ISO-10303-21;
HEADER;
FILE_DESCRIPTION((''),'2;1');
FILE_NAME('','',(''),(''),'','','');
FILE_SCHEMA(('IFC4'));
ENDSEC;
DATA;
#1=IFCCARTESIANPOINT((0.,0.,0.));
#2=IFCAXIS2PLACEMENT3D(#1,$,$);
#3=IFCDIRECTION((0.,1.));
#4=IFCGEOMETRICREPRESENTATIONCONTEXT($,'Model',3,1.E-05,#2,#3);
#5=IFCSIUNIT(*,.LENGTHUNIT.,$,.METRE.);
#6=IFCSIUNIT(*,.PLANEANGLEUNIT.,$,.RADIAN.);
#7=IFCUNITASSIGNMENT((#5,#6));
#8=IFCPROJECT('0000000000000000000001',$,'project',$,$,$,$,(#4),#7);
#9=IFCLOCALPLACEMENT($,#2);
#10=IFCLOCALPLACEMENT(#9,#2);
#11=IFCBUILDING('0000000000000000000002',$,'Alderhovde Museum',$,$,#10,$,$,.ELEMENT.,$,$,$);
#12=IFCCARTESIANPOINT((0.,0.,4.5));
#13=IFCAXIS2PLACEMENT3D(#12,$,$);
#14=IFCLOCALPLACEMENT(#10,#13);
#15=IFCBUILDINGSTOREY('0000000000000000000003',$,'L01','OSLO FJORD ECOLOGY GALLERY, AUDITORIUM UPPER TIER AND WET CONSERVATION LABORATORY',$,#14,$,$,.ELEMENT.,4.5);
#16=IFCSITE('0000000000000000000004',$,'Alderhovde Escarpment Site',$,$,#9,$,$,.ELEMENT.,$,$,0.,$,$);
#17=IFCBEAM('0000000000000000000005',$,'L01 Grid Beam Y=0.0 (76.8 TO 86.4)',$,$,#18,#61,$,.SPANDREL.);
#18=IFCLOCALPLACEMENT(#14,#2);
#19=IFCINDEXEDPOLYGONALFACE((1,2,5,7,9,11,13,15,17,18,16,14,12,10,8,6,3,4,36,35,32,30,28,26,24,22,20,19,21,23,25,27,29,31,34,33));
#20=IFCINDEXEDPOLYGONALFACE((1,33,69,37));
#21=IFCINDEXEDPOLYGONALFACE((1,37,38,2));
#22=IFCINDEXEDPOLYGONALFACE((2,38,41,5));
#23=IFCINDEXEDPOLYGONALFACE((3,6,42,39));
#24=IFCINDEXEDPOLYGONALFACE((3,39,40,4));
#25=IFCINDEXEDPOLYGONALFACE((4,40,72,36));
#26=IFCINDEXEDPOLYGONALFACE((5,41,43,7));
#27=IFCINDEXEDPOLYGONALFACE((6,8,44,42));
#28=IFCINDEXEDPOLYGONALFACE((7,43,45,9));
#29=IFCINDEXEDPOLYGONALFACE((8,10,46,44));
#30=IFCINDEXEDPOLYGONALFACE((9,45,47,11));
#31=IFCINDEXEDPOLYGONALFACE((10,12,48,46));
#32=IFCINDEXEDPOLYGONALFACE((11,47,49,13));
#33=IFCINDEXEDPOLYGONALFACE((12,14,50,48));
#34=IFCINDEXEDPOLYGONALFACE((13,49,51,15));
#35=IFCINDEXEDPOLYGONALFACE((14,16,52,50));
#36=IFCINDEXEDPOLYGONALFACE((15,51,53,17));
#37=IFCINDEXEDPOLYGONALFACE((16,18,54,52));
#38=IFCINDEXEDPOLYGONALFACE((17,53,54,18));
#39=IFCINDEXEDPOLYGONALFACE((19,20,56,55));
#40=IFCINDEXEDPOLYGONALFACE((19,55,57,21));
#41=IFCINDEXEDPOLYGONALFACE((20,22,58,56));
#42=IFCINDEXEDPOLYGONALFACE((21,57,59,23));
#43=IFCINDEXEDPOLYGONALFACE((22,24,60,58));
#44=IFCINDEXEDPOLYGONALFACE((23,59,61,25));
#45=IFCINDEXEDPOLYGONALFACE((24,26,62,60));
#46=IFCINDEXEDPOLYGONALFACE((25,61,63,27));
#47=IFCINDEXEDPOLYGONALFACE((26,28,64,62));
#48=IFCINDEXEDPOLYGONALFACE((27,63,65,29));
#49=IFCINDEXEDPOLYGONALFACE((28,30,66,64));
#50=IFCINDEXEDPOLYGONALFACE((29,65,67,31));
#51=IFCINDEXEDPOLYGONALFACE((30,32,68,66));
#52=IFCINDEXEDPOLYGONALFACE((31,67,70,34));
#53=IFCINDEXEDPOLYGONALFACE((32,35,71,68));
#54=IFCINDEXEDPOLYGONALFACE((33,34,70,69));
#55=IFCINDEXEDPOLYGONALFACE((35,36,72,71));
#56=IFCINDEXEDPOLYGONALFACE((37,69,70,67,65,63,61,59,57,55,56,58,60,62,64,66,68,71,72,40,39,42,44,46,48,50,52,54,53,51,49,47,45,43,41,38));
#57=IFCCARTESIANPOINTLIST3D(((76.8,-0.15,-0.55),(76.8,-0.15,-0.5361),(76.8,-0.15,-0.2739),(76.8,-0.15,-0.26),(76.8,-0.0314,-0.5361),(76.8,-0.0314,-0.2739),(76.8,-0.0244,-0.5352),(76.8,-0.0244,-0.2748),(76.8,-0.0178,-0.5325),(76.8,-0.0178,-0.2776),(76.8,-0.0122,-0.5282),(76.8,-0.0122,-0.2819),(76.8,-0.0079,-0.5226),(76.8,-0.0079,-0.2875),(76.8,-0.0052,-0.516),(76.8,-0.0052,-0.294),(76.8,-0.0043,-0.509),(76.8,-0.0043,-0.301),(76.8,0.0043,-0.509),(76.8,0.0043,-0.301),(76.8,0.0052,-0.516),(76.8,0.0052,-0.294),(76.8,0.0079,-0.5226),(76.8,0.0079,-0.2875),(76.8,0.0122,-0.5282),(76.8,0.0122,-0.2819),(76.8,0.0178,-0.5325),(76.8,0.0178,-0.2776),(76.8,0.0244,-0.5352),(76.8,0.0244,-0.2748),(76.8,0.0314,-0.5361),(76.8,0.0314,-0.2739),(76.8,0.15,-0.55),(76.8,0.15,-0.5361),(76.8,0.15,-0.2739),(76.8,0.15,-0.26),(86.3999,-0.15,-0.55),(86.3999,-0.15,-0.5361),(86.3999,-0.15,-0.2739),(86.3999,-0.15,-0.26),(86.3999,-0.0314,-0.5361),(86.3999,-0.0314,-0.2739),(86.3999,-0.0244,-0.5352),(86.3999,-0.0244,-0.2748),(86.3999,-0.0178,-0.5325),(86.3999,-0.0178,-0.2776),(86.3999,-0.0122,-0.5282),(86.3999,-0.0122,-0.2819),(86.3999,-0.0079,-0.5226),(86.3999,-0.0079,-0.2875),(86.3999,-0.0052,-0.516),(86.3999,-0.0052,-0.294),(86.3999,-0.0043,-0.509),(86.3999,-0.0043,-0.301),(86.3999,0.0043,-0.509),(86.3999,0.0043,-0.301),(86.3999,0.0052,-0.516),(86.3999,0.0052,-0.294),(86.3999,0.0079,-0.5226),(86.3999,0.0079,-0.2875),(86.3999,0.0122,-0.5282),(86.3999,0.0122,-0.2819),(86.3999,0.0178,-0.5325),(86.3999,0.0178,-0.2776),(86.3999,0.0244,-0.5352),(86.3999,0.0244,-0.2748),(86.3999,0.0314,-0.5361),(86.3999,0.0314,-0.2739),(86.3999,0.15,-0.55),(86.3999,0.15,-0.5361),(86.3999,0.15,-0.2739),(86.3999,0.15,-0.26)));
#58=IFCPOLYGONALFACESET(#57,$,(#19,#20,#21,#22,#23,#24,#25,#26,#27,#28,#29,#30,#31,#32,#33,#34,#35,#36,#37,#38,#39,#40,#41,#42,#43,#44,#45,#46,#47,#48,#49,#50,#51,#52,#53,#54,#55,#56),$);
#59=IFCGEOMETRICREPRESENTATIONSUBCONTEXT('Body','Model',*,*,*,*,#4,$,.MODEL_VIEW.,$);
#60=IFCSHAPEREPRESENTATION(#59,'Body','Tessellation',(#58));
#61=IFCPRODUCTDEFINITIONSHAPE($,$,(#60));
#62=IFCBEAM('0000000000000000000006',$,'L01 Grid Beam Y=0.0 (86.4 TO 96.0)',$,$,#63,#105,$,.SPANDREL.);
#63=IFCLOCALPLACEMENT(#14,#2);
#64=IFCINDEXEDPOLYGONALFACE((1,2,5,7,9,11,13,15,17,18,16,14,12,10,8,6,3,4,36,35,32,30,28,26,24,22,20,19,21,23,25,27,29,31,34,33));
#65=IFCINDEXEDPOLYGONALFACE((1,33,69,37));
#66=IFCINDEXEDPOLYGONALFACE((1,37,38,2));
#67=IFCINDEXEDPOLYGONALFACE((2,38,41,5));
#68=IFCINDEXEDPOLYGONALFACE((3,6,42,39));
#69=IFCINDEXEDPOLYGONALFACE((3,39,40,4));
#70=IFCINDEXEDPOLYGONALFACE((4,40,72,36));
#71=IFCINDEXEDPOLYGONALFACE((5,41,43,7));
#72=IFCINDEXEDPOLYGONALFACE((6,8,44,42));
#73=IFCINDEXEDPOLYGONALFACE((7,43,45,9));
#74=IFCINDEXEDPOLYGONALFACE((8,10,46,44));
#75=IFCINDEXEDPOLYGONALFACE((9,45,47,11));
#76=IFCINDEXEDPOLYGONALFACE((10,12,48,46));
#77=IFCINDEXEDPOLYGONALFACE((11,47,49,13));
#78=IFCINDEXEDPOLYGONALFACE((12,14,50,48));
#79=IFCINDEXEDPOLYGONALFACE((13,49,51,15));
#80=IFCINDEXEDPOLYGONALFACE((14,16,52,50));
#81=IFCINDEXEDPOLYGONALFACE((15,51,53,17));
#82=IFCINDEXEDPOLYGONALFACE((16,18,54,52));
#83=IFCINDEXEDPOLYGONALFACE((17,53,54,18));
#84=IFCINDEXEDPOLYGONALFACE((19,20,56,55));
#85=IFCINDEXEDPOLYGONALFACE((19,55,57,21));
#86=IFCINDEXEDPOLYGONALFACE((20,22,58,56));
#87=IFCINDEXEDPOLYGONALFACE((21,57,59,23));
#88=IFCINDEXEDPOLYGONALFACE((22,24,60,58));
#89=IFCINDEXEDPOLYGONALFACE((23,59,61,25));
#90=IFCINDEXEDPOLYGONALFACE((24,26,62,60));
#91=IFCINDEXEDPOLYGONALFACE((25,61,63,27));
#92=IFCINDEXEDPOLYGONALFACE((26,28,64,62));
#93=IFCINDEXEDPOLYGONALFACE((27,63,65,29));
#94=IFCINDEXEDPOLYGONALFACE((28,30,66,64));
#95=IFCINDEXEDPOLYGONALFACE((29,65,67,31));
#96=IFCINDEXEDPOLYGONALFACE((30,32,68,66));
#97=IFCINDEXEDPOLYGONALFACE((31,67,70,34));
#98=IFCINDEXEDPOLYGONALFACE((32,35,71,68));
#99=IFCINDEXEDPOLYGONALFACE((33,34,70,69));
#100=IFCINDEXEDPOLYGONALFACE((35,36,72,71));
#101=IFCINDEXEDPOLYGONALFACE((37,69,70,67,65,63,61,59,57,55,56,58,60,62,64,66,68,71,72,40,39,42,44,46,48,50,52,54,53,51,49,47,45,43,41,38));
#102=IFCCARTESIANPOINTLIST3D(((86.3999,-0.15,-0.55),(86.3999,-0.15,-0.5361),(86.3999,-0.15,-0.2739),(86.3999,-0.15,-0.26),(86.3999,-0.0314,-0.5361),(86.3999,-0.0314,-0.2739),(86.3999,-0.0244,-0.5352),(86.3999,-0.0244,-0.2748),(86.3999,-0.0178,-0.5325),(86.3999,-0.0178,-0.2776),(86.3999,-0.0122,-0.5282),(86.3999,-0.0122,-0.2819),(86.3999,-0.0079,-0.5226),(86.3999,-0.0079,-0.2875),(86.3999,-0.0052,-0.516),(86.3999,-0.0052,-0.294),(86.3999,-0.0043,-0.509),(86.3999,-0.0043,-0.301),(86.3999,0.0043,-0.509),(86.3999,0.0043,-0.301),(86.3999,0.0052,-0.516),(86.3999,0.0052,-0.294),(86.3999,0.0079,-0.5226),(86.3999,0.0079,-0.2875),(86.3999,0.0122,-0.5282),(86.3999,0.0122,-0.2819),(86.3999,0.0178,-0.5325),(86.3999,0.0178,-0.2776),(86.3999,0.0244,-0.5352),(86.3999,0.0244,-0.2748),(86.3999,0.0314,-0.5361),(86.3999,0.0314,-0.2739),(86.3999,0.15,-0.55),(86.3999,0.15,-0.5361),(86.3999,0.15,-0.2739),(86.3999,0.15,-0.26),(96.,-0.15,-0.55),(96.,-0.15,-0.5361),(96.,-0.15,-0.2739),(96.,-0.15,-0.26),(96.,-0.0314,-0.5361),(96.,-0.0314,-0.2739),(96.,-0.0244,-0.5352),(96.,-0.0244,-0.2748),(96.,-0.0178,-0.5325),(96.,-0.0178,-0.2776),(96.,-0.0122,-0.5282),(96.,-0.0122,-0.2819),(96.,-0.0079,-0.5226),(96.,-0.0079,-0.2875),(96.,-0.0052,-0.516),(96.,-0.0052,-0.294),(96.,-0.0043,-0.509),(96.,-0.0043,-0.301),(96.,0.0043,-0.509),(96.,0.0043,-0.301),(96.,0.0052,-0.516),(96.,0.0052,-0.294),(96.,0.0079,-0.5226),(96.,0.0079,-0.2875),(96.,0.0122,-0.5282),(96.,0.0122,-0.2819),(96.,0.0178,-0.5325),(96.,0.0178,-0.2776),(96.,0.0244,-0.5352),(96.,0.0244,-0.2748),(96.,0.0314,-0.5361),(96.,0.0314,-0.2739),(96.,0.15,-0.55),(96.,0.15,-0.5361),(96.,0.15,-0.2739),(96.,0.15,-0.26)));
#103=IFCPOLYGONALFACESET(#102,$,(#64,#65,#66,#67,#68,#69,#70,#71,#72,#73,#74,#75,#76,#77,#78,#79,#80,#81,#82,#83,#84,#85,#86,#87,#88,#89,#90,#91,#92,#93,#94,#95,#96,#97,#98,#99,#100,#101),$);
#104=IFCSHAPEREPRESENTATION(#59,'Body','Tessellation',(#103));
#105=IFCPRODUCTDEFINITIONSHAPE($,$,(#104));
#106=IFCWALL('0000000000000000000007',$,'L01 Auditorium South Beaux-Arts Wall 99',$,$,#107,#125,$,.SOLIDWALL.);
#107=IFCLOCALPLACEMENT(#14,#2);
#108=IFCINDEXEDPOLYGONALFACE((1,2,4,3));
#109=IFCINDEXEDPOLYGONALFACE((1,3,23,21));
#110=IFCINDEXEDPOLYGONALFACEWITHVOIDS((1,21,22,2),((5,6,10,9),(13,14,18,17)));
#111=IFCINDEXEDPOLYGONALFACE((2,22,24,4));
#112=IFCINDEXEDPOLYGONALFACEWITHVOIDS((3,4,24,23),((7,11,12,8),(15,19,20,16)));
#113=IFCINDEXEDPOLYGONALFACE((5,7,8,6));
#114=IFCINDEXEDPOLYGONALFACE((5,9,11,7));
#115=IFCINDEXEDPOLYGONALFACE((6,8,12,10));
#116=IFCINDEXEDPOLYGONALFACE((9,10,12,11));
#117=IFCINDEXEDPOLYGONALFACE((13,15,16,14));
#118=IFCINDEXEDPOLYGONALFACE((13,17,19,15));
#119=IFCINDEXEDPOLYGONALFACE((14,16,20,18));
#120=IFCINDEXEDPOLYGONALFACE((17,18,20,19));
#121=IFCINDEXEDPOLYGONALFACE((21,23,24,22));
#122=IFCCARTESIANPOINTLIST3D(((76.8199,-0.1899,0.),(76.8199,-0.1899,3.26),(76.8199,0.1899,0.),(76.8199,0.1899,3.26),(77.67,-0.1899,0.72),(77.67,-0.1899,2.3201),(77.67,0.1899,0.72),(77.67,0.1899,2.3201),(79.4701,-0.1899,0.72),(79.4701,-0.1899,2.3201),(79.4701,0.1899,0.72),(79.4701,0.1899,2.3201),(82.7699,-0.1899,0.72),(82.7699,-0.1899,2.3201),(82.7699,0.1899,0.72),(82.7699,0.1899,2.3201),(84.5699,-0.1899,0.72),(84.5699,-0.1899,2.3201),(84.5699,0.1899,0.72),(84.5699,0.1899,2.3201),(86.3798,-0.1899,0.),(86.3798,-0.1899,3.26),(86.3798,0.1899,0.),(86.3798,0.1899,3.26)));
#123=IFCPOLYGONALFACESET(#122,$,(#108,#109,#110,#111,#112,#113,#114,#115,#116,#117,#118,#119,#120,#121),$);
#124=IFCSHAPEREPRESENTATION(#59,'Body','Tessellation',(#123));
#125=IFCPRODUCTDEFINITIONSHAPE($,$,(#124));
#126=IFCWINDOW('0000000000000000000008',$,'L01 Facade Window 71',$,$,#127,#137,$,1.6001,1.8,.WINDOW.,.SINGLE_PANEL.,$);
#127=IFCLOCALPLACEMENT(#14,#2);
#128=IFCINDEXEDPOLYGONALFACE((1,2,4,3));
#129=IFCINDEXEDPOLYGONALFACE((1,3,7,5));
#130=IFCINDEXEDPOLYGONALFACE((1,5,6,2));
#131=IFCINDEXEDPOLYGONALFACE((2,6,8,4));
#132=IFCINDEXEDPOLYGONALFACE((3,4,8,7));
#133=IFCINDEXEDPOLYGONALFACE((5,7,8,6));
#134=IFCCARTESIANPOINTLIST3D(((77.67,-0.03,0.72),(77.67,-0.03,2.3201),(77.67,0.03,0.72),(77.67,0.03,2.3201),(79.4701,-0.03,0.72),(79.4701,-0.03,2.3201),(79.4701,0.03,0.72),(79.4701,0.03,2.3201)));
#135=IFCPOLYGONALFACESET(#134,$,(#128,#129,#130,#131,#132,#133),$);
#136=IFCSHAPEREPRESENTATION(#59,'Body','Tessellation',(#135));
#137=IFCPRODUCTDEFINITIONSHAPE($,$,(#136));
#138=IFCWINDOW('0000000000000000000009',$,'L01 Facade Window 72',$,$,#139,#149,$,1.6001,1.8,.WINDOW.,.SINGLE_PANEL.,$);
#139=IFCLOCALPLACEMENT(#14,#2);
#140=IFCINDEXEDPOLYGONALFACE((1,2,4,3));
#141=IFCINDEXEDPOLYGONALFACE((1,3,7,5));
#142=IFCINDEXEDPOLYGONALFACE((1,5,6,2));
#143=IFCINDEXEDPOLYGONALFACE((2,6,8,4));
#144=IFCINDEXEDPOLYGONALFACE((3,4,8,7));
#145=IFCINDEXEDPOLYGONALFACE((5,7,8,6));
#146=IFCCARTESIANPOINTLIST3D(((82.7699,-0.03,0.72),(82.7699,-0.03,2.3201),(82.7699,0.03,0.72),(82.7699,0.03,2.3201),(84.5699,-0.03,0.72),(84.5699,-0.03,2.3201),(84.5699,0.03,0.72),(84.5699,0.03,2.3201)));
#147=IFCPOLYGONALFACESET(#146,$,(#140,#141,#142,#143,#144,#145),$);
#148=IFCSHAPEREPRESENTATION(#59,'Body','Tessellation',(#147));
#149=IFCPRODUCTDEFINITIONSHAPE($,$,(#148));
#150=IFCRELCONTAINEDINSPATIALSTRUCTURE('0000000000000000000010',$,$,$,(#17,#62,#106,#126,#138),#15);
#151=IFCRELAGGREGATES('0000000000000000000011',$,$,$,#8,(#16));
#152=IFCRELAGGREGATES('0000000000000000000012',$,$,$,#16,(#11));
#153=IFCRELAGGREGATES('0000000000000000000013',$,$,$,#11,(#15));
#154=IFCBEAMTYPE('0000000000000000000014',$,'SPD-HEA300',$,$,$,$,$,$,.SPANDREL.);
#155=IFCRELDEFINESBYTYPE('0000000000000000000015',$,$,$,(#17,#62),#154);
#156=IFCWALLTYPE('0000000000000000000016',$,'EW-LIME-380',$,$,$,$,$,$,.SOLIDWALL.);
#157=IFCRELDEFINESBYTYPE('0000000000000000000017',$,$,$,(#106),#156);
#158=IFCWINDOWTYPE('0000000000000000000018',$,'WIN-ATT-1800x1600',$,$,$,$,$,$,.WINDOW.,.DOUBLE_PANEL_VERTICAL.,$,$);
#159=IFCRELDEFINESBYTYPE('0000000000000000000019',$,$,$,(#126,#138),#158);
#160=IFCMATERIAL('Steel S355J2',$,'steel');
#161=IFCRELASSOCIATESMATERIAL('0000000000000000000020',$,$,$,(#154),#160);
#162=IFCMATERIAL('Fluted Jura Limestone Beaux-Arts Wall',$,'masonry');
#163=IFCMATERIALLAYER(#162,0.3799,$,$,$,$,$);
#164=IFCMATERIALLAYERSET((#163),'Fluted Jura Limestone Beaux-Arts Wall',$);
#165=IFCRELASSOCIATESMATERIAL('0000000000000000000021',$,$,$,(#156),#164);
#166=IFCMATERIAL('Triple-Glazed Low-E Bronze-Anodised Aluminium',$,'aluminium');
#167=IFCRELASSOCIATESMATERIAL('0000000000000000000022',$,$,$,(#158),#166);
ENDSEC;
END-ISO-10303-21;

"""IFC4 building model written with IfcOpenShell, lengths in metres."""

from ifc_helpers import new_model, si_unit, direction, frame, frame_2d, origin, origin_2d, place, context, subcontext, project, spatial, rectangle, i_section, extrude, material, layer, layer_set, material_profile, profile_set, type_object, element, fill, save


model = new_model("IFC4")

# Units and contexts
model_context = context("Model", 3, precision=1e-05, world=origin(), true_north=direction((0.0, 1.0)))
body_context = subcontext(model_context, "Body", "Model", "MODEL_VIEW")
ifc_project = project(units=[si_unit("LENGTHUNIT", "METRE"), si_unit("PLANEANGLEUNIT", "RADIAN")], contexts=[model_context])

# Site, building, storey
site_placement = place(None, origin())
site = spatial("IfcSite", under=ifc_project, at=site_placement, Name="Alderhovde Escarpment Site", CompositionType="ELEMENT", RefElevation=0.0)
building_placement = place(site_placement, origin())
building = spatial("IfcBuilding", under=site, at=building_placement, Name="Alderhovde Museum", CompositionType="ELEMENT")
storey_placement = place(building_placement, frame((0.0, 0.0, 4.5)))
storey = spatial("IfcBuildingStorey", under=building, at=storey_placement, Name="L01", Description="OSLO FJORD ECOLOGY GALLERY, AUDITORIUM UPPER TIER AND WET CONSERVATION LABORATORY", CompositionType="ELEMENT", Elevation=4.5)

# Beams
ifc_material_1 = material(Name="Steel S355J2", Category="steel")
ifc_material_profile_1 = material_profile(ifc_material_1, i_section(OverallWidth=0.3, OverallDepth=0.29, WebThickness=0.0085, FlangeThickness=0.0139, FilletRadius=0.0271, at=origin_2d()), Name="HEA 300")
ifc_profile_set_1 = profile_set([ifc_material_profile_1], Name="Steel S355J2")
beam_type_1 = type_object("IfcBeamType", Name="SPD-HEA300", PredefinedType="SPANDREL", material=ifc_profile_set_1)
beam_1_placement = place(storey_placement, frame((76.8, 0.0, -0.405), z_axis=(1.0, 0.0, 0.0), x_axis=(0.0, 1.0, 0.0)))
element("IfcBeam", 1, at=beam_1_placement, inside=storey, type_object=beam_type_1, Name="L01 Grid Beam Y=0.0 (76.8 TO 86.4)", PredefinedType="SPANDREL", context=body_context, shape_type="SweptSolid", body=[
    extrude(i_section(OverallWidth=0.3, OverallDepth=0.29, WebThickness=0.0085, FlangeThickness=0.0139, FilletRadius=0.0271, at=origin_2d()), origin(), (0.0, 0.0, 1.0), 9.5999),
])
beam_2_placement = place(storey_placement, frame((86.3999, 0.0, -0.405), z_axis=(1.0, 0.0, 0.0), x_axis=(0.0, 1.0, 0.0)))
element("IfcBeam", 2, at=beam_2_placement, inside=storey, type_object=beam_type_1, Name="L01 Grid Beam Y=0.0 (86.4 TO 96.0)", PredefinedType="SPANDREL", context=body_context, shape_type="SweptSolid", body=[
    extrude(i_section(OverallWidth=0.3, OverallDepth=0.29, WebThickness=0.0085, FlangeThickness=0.0139, FilletRadius=0.0271, at=origin_2d()), origin(), (0.0, 0.0, 1.0), 9.6001),
])

# Wall, openings, windows
ifc_material_2 = material(Name="Fluted Jura Limestone Beaux-Arts Wall", Category="masonry")
ifc_layer_1 = layer(ifc_material_2, 0.3799)
ifc_layer_set_1 = layer_set([ifc_layer_1], Name="Fluted Jura Limestone Beaux-Arts Wall")
wall_type_1 = type_object("IfcWallType", Name="EW-LIME-380", PredefinedType="SOLIDWALL", material=ifc_layer_set_1)
wall_1_placement = place(storey_placement, frame((76.8201, 0.0, 0.0), z_axis=(0.0, 0.0, 1.0), x_axis=(1.0, 0.0, 0.0)))
wall_1 = element("IfcWall", 3, at=wall_1_placement, inside=storey, type_object=wall_type_1, Name="L01 Auditorium South Beaux-Arts Wall 99", PredefinedType="SOLIDWALL", context=body_context, shape_type="SweptSolid", body=[
    extrude(rectangle(XDim=9.5598, YDim=0.3799, at=frame_2d((4.7798, 0.0))), origin(), (0.0, 0.0, 1.0), 3.26),
])
opening_1_placement = place(wall_1_placement, frame((0.8501, 0.0, 0.72)))
opening_1 = element("IfcOpeningElement", 4, at=opening_1_placement, cuts=wall_1, PredefinedType="OPENING", context=body_context, shape_type="SweptSolid", body=[
    extrude(rectangle(XDim=1.8, YDim=1.6001, at=frame_2d((0.8999, 0.8))), frame((0.0, 0.2, 0.0), z_axis=(0.0, -1.0, 0.0), x_axis=(1.0, 0.0, 0.0)), (0.0, 0.0, 1.0), 0.3999),
])
opening_2_placement = place(wall_1_placement, frame((5.95, 0.0, 0.72)))
opening_2 = element("IfcOpeningElement", 5, at=opening_2_placement, cuts=wall_1, PredefinedType="OPENING", context=body_context, shape_type="SweptSolid", body=[
    extrude(rectangle(XDim=1.8, YDim=1.6001, at=frame_2d((0.8999, 0.8))), frame((0.0, 0.2, 0.0), z_axis=(0.0, -1.0, 0.0), x_axis=(1.0, 0.0, 0.0)), (0.0, 0.0, 1.0), 0.3999),
])
ifc_material_3 = material(Name="Triple-Glazed Low-E Bronze-Anodised Aluminium", Category="aluminium")
window_type = type_object("IfcWindowType", Name="WIN-ATT-1800x1600", PartitioningType="DOUBLE_PANEL_VERTICAL", PredefinedType="WINDOW", material=ifc_material_3)
window_1_placement = place(opening_1_placement, origin())
window_1 = element("IfcWindow", 6, at=window_1_placement, inside=storey, type_object=window_type, Name="L01 Facade Window 71", OverallHeight=1.6001, OverallWidth=1.8, PartitioningType="SINGLE_PANEL", PredefinedType="WINDOW", context=body_context, shape_type="SweptSolid", body=[
    extrude(rectangle(XDim=1.8, YDim=1.6001, at=frame_2d((0.8999, 0.8))), frame((0.0, 0.03, 0.0), z_axis=(0.0, -1.0, 0.0), x_axis=(1.0, 0.0, 0.0)), (0.0, 0.0, 1.0), 0.0601),
])
fill(opening_1, window_1)
window_2_placement = place(opening_2_placement, origin())
window_2 = element("IfcWindow", 7, at=window_2_placement, inside=storey, type_object=window_type, Name="L01 Facade Window 72", OverallHeight=1.6001, OverallWidth=1.8, PartitioningType="SINGLE_PANEL", PredefinedType="WINDOW", context=body_context, shape_type="SweptSolid", body=[
    extrude(rectangle(XDim=1.8, YDim=1.6001, at=frame_2d((0.8999, 0.8))), frame((0.0, 0.03, 0.0), z_axis=(0.0, -1.0, 0.0), x_axis=(1.0, 0.0, 0.0)), (0.0, 0.0, 1.0), 0.0601),
])
fill(opening_2, window_2)

save(model, "model.ifc")
